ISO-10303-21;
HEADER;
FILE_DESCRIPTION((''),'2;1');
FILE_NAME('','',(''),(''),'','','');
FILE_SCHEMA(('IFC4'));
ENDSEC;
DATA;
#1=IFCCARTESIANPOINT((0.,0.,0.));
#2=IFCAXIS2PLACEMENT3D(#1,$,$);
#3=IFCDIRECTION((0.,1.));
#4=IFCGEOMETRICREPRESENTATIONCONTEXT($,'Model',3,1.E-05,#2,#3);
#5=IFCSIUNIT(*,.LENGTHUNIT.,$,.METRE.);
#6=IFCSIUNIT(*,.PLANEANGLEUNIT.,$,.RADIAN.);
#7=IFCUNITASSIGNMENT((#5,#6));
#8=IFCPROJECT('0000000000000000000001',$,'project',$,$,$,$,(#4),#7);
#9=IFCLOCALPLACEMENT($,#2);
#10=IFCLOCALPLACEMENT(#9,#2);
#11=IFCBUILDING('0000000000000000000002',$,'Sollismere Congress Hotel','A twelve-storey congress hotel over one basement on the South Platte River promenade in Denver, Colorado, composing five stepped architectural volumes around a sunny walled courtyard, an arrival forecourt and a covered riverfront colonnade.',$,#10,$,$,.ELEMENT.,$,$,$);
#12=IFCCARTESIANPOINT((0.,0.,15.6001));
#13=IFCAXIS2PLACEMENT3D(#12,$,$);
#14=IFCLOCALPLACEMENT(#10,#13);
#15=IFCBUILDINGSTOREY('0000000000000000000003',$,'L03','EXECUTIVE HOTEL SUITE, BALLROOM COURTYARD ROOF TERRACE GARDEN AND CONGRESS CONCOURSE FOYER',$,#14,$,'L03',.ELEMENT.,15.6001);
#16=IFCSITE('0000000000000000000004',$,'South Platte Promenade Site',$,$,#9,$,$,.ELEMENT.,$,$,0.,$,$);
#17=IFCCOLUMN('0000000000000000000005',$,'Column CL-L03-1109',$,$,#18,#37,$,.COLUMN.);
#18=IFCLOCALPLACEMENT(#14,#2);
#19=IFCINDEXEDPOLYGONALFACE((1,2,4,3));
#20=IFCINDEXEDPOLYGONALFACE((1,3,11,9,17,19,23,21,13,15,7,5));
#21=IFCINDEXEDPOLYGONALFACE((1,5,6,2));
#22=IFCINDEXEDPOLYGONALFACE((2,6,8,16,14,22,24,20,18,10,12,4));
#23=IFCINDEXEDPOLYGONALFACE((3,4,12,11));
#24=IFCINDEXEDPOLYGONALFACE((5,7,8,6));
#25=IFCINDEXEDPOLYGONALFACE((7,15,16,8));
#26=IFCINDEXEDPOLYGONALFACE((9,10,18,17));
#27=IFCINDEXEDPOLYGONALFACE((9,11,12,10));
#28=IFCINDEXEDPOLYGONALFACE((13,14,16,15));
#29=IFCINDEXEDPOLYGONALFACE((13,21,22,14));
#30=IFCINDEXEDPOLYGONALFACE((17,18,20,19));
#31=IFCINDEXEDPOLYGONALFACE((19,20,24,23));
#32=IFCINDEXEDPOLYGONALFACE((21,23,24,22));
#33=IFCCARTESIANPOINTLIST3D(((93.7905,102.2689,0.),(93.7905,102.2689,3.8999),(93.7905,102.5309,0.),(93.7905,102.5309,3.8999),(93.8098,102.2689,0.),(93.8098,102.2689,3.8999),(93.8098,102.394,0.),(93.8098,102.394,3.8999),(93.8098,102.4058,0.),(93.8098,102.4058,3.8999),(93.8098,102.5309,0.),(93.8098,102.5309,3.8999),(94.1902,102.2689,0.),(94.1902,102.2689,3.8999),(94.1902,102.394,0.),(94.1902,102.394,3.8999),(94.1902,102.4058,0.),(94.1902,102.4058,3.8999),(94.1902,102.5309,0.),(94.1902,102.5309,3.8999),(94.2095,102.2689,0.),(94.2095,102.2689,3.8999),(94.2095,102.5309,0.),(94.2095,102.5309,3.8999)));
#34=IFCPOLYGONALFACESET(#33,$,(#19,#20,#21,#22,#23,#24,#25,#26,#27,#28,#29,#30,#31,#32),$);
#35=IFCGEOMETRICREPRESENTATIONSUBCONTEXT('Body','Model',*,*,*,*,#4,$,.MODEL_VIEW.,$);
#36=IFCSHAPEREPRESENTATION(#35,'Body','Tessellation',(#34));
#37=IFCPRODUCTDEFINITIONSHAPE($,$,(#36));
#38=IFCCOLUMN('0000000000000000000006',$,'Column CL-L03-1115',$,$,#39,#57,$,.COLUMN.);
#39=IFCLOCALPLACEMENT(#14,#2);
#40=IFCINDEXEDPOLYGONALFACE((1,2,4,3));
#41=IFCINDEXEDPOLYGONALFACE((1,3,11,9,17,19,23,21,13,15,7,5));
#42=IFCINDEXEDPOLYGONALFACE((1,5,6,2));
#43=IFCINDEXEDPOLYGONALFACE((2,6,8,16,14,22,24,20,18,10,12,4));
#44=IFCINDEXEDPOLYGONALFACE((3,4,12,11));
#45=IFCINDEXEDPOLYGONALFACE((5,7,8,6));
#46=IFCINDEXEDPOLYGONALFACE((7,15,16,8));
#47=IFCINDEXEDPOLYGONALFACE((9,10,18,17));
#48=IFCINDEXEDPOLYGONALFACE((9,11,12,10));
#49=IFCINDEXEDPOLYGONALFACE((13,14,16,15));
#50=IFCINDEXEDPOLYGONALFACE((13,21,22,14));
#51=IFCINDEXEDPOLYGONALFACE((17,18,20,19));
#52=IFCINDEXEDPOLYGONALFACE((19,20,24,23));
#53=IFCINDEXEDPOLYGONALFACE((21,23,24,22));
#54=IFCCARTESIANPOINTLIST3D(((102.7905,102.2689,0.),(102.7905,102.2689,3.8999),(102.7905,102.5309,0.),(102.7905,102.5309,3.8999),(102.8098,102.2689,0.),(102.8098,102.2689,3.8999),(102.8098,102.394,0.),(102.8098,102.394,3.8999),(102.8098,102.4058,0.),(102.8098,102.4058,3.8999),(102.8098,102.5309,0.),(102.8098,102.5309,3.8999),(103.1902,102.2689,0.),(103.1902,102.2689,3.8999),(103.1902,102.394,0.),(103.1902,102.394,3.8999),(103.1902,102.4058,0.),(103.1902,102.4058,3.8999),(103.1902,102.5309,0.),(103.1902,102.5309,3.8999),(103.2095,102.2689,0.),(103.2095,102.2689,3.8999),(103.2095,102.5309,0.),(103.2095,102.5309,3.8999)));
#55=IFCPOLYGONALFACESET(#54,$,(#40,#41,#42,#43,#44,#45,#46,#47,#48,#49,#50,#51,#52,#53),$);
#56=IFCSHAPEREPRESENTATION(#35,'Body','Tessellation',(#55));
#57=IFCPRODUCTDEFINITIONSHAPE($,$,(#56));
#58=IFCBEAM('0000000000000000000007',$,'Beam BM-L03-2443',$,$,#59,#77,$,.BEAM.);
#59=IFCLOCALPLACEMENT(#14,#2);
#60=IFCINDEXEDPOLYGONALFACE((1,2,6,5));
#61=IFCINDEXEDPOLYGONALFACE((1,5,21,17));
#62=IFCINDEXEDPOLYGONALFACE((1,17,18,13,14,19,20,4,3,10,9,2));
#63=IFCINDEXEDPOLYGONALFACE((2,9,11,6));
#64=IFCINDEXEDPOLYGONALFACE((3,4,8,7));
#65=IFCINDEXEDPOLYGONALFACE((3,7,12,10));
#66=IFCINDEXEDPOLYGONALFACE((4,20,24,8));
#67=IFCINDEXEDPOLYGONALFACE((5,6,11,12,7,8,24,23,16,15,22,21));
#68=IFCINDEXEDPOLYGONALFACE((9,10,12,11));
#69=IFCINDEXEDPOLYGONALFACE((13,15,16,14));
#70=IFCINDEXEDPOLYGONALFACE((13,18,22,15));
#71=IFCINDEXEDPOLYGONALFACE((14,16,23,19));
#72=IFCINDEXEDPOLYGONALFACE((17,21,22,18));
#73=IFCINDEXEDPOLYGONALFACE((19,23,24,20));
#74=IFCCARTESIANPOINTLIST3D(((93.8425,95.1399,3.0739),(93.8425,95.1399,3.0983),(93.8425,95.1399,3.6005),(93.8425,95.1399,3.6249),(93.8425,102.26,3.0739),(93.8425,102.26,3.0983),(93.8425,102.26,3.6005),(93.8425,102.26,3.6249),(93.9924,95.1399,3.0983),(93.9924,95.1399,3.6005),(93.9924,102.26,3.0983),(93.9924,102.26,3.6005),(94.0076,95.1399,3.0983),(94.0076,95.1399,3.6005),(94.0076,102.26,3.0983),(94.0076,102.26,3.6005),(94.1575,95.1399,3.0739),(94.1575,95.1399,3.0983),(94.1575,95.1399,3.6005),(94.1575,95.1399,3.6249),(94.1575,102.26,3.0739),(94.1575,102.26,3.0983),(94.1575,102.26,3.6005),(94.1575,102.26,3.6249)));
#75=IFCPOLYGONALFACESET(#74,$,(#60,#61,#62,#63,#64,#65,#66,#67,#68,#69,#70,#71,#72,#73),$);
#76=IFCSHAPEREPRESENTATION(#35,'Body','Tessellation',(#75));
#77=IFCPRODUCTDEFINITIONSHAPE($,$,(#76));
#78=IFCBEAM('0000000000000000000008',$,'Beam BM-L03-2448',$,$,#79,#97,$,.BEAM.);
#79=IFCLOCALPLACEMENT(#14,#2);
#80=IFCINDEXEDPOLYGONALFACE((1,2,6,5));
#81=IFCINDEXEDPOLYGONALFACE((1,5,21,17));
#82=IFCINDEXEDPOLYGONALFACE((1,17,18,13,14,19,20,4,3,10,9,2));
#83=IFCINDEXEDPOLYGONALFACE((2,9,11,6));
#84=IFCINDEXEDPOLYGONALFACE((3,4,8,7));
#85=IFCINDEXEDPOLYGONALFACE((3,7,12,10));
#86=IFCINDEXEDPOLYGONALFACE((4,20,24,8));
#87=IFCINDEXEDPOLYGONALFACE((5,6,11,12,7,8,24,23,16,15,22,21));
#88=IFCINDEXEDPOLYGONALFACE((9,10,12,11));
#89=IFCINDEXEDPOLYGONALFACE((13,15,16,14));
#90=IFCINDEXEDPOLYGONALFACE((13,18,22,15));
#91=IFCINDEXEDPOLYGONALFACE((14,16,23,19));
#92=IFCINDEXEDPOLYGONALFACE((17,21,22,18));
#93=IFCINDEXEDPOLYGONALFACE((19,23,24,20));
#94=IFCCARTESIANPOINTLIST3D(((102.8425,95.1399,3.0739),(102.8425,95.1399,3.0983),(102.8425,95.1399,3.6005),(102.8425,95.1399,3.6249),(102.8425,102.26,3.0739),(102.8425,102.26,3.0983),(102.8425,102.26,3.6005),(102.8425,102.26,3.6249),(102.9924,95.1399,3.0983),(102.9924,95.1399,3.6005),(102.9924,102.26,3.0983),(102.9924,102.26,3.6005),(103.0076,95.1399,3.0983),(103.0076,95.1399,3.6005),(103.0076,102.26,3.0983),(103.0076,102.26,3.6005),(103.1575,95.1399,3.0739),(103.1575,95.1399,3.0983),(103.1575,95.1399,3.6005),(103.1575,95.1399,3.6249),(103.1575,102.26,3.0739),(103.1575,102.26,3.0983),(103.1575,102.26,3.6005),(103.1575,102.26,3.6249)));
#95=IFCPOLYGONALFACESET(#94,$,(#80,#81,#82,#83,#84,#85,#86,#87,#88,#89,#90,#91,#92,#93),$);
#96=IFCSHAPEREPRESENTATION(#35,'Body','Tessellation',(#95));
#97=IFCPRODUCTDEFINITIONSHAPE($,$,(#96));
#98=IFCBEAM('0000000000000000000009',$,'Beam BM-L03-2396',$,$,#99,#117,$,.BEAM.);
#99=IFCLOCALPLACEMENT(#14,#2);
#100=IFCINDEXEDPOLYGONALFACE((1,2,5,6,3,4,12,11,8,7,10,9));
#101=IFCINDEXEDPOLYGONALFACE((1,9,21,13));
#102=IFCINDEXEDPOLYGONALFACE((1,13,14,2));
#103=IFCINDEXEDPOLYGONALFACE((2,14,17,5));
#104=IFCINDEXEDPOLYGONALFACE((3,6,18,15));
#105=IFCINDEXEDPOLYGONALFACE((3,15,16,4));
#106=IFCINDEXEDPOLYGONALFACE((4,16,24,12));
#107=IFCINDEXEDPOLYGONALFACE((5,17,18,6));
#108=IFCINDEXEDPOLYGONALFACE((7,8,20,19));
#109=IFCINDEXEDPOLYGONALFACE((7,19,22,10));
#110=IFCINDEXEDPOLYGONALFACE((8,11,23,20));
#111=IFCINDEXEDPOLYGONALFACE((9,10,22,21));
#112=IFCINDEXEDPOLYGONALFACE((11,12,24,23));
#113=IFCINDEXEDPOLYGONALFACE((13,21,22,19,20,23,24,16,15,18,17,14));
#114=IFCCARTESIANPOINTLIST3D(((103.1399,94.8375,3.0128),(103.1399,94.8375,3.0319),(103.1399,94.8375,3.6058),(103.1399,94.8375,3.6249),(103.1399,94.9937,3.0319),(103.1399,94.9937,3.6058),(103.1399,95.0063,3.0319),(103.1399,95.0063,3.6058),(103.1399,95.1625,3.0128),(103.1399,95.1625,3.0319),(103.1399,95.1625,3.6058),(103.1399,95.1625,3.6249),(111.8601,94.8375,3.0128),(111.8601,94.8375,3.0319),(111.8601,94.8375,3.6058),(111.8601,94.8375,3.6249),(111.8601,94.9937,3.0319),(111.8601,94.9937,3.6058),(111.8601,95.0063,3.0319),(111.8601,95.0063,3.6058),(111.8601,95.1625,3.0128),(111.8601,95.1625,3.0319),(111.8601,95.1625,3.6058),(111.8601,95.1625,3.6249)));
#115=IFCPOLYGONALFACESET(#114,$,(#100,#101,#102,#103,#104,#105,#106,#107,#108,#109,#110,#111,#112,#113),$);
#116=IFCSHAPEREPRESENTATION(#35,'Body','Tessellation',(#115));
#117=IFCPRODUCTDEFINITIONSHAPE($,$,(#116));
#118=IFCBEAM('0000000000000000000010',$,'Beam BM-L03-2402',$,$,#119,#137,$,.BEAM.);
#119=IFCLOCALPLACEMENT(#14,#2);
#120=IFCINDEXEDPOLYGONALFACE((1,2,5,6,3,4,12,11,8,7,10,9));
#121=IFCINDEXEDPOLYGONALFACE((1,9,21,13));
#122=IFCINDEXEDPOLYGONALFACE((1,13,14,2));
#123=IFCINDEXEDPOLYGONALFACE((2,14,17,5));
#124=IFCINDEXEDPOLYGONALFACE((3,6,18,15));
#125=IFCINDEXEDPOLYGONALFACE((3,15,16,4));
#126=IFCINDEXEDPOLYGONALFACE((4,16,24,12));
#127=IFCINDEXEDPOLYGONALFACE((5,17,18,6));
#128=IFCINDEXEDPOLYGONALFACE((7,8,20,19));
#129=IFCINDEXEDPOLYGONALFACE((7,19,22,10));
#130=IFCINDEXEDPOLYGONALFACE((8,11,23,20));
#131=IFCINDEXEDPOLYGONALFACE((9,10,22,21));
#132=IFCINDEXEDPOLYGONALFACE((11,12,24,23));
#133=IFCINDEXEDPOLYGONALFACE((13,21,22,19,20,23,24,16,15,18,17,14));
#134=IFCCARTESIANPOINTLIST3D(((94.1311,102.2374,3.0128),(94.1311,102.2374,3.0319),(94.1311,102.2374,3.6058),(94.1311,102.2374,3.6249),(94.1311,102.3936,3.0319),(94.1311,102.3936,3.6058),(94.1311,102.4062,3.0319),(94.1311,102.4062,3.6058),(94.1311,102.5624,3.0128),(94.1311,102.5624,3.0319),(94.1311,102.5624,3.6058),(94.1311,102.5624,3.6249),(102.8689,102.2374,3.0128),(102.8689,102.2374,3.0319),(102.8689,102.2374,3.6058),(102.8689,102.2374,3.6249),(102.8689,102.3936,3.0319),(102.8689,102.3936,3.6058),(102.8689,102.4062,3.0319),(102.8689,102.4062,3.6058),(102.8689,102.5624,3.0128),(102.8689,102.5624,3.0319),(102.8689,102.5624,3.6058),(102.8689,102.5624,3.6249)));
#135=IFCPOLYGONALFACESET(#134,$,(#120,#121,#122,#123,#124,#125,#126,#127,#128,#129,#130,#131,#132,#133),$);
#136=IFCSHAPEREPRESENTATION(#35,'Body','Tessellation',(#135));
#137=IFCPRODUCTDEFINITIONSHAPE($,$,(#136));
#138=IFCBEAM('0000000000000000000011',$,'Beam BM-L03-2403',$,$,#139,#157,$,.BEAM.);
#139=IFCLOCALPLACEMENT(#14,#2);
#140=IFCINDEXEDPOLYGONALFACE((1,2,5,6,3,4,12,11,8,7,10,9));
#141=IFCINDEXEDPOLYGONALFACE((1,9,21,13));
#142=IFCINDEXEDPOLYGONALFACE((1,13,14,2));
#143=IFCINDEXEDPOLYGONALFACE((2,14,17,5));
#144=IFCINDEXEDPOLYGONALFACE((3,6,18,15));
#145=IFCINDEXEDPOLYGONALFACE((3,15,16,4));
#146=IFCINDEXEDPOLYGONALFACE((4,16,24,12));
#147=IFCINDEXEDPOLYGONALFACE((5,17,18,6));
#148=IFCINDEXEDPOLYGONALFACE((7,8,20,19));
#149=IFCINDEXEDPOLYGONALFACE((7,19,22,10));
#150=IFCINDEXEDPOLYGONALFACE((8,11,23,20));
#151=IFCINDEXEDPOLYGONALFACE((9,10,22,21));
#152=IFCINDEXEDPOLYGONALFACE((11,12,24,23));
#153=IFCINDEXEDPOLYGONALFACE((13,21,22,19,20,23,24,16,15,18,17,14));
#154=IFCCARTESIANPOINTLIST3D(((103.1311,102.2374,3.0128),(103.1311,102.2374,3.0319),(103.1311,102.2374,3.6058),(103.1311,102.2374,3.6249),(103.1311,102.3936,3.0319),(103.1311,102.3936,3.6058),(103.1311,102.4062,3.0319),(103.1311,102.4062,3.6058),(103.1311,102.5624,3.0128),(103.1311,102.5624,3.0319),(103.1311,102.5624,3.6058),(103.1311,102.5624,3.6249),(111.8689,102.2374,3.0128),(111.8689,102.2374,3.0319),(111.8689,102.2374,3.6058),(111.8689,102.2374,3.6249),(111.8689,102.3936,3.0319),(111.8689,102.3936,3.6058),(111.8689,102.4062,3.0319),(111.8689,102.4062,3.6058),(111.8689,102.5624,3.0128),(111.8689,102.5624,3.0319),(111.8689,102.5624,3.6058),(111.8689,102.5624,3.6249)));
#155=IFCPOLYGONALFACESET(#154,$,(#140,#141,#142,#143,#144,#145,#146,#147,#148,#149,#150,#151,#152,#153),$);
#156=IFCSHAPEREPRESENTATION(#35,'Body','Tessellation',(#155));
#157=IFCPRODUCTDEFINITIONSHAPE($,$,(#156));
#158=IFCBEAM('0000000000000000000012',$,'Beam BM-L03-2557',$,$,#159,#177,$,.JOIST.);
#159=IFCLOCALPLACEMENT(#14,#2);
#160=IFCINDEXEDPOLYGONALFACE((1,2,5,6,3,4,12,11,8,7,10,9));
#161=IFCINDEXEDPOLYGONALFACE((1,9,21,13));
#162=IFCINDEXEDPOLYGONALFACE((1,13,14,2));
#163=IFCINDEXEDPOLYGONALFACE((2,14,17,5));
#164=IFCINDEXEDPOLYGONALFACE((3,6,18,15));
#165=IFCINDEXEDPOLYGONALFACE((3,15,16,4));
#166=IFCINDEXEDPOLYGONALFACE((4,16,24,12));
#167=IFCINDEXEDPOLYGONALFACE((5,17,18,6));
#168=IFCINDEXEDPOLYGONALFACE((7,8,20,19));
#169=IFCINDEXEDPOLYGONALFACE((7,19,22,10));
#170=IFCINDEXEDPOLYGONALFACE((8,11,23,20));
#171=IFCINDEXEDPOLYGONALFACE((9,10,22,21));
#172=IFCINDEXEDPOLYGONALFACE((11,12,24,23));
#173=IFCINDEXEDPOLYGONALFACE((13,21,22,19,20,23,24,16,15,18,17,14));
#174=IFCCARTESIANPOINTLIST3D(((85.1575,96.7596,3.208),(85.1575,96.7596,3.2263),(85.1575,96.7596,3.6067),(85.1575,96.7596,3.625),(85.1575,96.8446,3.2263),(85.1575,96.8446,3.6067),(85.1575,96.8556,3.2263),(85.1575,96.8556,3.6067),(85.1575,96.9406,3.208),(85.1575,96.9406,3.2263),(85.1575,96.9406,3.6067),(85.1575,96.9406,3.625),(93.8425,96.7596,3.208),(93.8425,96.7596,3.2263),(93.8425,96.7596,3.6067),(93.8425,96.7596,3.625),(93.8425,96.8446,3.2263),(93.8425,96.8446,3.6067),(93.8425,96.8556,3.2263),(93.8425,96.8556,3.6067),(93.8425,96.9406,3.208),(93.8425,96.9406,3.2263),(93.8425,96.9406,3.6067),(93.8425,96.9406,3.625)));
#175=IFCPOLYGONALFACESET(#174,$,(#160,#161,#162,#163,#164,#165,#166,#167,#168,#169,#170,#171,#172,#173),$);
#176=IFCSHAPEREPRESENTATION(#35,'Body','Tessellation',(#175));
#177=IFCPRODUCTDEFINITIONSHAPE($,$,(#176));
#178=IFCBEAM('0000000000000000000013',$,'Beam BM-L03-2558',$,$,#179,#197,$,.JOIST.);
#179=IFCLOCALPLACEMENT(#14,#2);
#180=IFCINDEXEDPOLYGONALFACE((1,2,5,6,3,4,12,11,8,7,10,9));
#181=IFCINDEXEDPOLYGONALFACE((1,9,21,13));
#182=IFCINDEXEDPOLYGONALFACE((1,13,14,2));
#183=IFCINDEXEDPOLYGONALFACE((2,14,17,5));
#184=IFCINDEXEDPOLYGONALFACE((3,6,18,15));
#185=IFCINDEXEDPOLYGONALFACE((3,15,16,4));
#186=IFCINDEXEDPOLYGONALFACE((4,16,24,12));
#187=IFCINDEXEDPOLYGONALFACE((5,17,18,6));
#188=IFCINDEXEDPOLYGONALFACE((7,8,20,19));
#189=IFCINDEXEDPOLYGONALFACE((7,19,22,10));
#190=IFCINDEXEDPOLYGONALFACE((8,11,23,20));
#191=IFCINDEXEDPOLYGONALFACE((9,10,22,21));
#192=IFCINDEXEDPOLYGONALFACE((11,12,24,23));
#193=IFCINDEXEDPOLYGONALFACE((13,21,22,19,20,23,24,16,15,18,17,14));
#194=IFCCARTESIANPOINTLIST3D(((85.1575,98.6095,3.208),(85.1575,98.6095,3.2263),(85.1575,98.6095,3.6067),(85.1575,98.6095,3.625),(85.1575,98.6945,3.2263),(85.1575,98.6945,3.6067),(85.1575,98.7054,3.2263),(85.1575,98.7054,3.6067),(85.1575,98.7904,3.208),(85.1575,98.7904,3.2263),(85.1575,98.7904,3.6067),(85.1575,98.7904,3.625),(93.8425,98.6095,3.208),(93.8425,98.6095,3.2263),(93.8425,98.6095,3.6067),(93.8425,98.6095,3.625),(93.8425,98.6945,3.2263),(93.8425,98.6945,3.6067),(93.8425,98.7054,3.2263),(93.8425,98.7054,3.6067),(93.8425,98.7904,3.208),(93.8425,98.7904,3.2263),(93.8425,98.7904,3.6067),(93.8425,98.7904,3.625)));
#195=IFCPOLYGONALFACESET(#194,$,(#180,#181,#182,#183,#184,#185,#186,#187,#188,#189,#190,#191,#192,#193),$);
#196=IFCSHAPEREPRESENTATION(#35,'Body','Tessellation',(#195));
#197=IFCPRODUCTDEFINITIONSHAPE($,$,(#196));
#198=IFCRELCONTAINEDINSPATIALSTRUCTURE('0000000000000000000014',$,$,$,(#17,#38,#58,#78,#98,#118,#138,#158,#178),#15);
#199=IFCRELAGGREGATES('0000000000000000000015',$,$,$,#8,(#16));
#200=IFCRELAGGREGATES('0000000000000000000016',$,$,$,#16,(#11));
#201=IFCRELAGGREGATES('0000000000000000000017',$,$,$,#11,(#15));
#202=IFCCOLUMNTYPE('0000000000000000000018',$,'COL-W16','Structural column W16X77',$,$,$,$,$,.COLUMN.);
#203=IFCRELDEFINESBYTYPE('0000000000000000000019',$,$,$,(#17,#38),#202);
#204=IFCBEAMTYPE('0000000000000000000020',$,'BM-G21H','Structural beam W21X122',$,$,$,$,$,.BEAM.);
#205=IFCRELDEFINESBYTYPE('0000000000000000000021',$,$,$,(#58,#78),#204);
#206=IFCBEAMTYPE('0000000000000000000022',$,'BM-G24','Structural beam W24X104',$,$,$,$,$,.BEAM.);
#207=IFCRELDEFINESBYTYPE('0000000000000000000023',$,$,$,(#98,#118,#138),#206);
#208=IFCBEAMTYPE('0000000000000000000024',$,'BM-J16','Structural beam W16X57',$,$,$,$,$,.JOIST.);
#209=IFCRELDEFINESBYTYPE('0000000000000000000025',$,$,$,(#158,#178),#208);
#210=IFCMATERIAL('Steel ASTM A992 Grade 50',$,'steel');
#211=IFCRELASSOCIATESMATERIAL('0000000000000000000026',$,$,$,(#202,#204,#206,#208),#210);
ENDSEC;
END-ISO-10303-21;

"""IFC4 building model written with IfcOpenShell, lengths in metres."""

from ifc_helpers import new_model, si_unit, direction, frame, origin, origin_2d, place, context, subcontext, project, spatial, i_section, extrude, material, material_profile, profile_set, type_object, element, save


model = new_model("IFC4")

# Units and contexts
model_context = context("Model", 3, precision=1e-05, world=origin(), true_north=direction((0.0, 1.0)))
body_context = subcontext(model_context, "Body", "Model", "MODEL_VIEW")
ifc_project = project(units=[si_unit("LENGTHUNIT", "METRE"), si_unit("PLANEANGLEUNIT", "RADIAN")], contexts=[model_context])

# Site, building, storey
site_placement = place(None, origin())
site = spatial("IfcSite", under=ifc_project, at=site_placement, Name="South Platte Promenade Site", CompositionType="ELEMENT", RefElevation=0.0)
building_placement = place(site_placement, origin())
building = spatial("IfcBuilding", under=site, at=building_placement, Name="Sollismere Congress Hotel", Description="A twelve-storey congress hotel over one basement on the South Platte River promenade in Denver, Colorado, composing five stepped architectural volumes around a sunny walled courtyard, an arrival forecourt and a covered riverfront colonnade.", CompositionType="ELEMENT")
storey_placement = place(building_placement, frame((0.0, 0.0, 15.6001)))
storey = spatial("IfcBuildingStorey", under=building, at=storey_placement, Name="L03", Description="EXECUTIVE HOTEL SUITE, BALLROOM COURTYARD ROOF TERRACE GARDEN AND CONGRESS CONCOURSE FOYER", LongName="L03", CompositionType="ELEMENT", Elevation=15.6001)

# Columns
ifc_material_1 = material(Name="Steel ASTM A992 Grade 50", Category="steel")
ifc_material_profile_1 = material_profile(ifc_material_1, i_section(OverallWidth=0.262, OverallDepth=0.4189, WebThickness=0.0117, FlangeThickness=0.0193, at=origin_2d()), Name="W16X77")
ifc_profile_set_1 = profile_set([ifc_material_profile_1], Name="Steel ASTM A992 Grade 50")
column_type = type_object("IfcColumnType", Name="COL-W16", Description="Structural column W16X77", PredefinedType="COLUMN", material=ifc_profile_set_1)
for number, where, z_axis, x_axis, name in (
    (1, (94.0, 102.3999, 0.0), (0.0, 0.0, 1.0), (0.0, 1.0, 0.0), "Column CL-L03-1109"),
    (2, (103.0, 102.3999, 0.0), (0.0, 0.0, 1.0), (0.0, 1.0, 0.0), "Column CL-L03-1115"),
):
    element("IfcColumn", number, at=place(storey_placement, frame(where, z_axis=z_axis, x_axis=x_axis)), inside=storey, type_object=column_type, Name=name, PredefinedType="COLUMN", context=body_context, shape_type="SweptSolid", body=[
        extrude(i_section(OverallWidth=0.262, OverallDepth=0.4189, WebThickness=0.0117, FlangeThickness=0.0193, at=origin_2d()), origin(), (0.0, 0.0, 1.0), 3.8999),
    ])

# Beams
ifc_material_profile_2 = material_profile(ifc_material_1, i_section(OverallWidth=0.3149, OverallDepth=0.551, WebThickness=0.0151, FlangeThickness=0.0244, at=origin_2d()), Name="W21X122")
ifc_profile_set_2 = profile_set([ifc_material_profile_2], Name="Steel ASTM A992 Grade 50")
beam_type_1 = type_object("IfcBeamType", Name="BM-G21H", Description="Structural beam W21X122", PredefinedType="BEAM", material=ifc_profile_set_2)
for number, where, z_axis, x_axis, name in (
    (3, (94.0, 95.1399, 3.3494), (0.0, 1.0, 0.0), (-1.0, 0.0, 0.0), "Beam BM-L03-2443"),
    (4, (103.0, 95.1399, 3.3494), (0.0, 1.0, 0.0), (-1.0, 0.0, 0.0), "Beam BM-L03-2448"),
):
    element("IfcBeam", number, at=place(storey_placement, frame(where, z_axis=z_axis, x_axis=x_axis)), inside=storey, type_object=beam_type_1, Name=name, PredefinedType="BEAM", context=body_context, shape_type="SweptSolid", body=[
        extrude(i_section(OverallWidth=0.3149, OverallDepth=0.551, WebThickness=0.0151, FlangeThickness=0.0244, at=origin_2d()), origin(), (0.0, 0.0, 1.0), 7.1201),
    ])
ifc_material_profile_3 = material_profile(ifc_material_1, i_section(OverallWidth=0.325, OverallDepth=0.6121, WebThickness=0.0127, FlangeThickness=0.019, at=origin_2d()), Name="W24X104")
ifc_profile_set_3 = profile_set([ifc_material_profile_3], Name="Steel ASTM A992 Grade 50")
beam_type_2 = type_object("IfcBeamType", Name="BM-G24", Description="Structural beam W24X104", PredefinedType="BEAM", material=ifc_profile_set_3)
beam_placement = place(storey_placement, frame((103.1399, 95.0, 3.3188), z_axis=(1.0, 0.0, 0.0), x_axis=(0.0, 1.0, 0.0)))
element("IfcBeam", 5, at=beam_placement, inside=storey, type_object=beam_type_2, Name="Beam BM-L03-2396", PredefinedType="BEAM", context=body_context, shape_type="SweptSolid", body=[
    extrude(i_section(OverallWidth=0.325, OverallDepth=0.6121, WebThickness=0.0127, FlangeThickness=0.019, at=origin_2d()), origin(), (0.0, 0.0, 1.0), 8.7202),
])
for number, where, z_axis, x_axis, name in (
    (6, (94.1311, 102.3999, 3.3188), (1.0, 0.0, 0.0), (0.0, 1.0, 0.0), "Beam BM-L03-2402"),
    (7, (103.1311, 102.3999, 3.3188), (1.0, 0.0, 0.0), (0.0, 1.0, 0.0), "Beam BM-L03-2403"),
):
    element("IfcBeam", number, at=place(storey_placement, frame(where, z_axis=z_axis, x_axis=x_axis)), inside=storey, type_object=beam_type_2, Name=name, PredefinedType="BEAM", context=body_context, shape_type="SweptSolid", body=[
        extrude(i_section(OverallWidth=0.325, OverallDepth=0.6121, WebThickness=0.0127, FlangeThickness=0.019, at=origin_2d()), origin(), (0.0, 0.0, 1.0), 8.7378),
    ])
ifc_material_profile_4 = material_profile(ifc_material_1, i_section(OverallWidth=0.1809, OverallDepth=0.417, WebThickness=0.011, FlangeThickness=0.0183, at=origin_2d()), Name="W16X57")
ifc_profile_set_4 = profile_set([ifc_material_profile_4], Name="Steel ASTM A992 Grade 50")
beam_type_3 = type_object("IfcBeamType", Name="BM-J16", Description="Structural beam W16X57", PredefinedType="JOIST", material=ifc_profile_set_4)
for number, where, z_axis, x_axis, name in (
    (8, (85.1575, 96.8501, 3.4165), (1.0, 0.0, 0.0), (0.0, 1.0, 0.0), "Beam BM-L03-2557"),
    (9, (85.1575, 98.7, 3.4165), (1.0, 0.0, 0.0), (0.0, 1.0, 0.0), "Beam BM-L03-2558"),
):
    element("IfcBeam", number, at=place(storey_placement, frame(where, z_axis=z_axis, x_axis=x_axis)), inside=storey, type_object=beam_type_3, Name=name, PredefinedType="JOIST", context=body_context, shape_type="SweptSolid", body=[
        extrude(i_section(OverallWidth=0.1809, OverallDepth=0.417, WebThickness=0.011, FlangeThickness=0.0183, at=origin_2d()), origin(), (0.0, 0.0, 1.0), 8.6851),
    ])

save(model, "model.ifc")
